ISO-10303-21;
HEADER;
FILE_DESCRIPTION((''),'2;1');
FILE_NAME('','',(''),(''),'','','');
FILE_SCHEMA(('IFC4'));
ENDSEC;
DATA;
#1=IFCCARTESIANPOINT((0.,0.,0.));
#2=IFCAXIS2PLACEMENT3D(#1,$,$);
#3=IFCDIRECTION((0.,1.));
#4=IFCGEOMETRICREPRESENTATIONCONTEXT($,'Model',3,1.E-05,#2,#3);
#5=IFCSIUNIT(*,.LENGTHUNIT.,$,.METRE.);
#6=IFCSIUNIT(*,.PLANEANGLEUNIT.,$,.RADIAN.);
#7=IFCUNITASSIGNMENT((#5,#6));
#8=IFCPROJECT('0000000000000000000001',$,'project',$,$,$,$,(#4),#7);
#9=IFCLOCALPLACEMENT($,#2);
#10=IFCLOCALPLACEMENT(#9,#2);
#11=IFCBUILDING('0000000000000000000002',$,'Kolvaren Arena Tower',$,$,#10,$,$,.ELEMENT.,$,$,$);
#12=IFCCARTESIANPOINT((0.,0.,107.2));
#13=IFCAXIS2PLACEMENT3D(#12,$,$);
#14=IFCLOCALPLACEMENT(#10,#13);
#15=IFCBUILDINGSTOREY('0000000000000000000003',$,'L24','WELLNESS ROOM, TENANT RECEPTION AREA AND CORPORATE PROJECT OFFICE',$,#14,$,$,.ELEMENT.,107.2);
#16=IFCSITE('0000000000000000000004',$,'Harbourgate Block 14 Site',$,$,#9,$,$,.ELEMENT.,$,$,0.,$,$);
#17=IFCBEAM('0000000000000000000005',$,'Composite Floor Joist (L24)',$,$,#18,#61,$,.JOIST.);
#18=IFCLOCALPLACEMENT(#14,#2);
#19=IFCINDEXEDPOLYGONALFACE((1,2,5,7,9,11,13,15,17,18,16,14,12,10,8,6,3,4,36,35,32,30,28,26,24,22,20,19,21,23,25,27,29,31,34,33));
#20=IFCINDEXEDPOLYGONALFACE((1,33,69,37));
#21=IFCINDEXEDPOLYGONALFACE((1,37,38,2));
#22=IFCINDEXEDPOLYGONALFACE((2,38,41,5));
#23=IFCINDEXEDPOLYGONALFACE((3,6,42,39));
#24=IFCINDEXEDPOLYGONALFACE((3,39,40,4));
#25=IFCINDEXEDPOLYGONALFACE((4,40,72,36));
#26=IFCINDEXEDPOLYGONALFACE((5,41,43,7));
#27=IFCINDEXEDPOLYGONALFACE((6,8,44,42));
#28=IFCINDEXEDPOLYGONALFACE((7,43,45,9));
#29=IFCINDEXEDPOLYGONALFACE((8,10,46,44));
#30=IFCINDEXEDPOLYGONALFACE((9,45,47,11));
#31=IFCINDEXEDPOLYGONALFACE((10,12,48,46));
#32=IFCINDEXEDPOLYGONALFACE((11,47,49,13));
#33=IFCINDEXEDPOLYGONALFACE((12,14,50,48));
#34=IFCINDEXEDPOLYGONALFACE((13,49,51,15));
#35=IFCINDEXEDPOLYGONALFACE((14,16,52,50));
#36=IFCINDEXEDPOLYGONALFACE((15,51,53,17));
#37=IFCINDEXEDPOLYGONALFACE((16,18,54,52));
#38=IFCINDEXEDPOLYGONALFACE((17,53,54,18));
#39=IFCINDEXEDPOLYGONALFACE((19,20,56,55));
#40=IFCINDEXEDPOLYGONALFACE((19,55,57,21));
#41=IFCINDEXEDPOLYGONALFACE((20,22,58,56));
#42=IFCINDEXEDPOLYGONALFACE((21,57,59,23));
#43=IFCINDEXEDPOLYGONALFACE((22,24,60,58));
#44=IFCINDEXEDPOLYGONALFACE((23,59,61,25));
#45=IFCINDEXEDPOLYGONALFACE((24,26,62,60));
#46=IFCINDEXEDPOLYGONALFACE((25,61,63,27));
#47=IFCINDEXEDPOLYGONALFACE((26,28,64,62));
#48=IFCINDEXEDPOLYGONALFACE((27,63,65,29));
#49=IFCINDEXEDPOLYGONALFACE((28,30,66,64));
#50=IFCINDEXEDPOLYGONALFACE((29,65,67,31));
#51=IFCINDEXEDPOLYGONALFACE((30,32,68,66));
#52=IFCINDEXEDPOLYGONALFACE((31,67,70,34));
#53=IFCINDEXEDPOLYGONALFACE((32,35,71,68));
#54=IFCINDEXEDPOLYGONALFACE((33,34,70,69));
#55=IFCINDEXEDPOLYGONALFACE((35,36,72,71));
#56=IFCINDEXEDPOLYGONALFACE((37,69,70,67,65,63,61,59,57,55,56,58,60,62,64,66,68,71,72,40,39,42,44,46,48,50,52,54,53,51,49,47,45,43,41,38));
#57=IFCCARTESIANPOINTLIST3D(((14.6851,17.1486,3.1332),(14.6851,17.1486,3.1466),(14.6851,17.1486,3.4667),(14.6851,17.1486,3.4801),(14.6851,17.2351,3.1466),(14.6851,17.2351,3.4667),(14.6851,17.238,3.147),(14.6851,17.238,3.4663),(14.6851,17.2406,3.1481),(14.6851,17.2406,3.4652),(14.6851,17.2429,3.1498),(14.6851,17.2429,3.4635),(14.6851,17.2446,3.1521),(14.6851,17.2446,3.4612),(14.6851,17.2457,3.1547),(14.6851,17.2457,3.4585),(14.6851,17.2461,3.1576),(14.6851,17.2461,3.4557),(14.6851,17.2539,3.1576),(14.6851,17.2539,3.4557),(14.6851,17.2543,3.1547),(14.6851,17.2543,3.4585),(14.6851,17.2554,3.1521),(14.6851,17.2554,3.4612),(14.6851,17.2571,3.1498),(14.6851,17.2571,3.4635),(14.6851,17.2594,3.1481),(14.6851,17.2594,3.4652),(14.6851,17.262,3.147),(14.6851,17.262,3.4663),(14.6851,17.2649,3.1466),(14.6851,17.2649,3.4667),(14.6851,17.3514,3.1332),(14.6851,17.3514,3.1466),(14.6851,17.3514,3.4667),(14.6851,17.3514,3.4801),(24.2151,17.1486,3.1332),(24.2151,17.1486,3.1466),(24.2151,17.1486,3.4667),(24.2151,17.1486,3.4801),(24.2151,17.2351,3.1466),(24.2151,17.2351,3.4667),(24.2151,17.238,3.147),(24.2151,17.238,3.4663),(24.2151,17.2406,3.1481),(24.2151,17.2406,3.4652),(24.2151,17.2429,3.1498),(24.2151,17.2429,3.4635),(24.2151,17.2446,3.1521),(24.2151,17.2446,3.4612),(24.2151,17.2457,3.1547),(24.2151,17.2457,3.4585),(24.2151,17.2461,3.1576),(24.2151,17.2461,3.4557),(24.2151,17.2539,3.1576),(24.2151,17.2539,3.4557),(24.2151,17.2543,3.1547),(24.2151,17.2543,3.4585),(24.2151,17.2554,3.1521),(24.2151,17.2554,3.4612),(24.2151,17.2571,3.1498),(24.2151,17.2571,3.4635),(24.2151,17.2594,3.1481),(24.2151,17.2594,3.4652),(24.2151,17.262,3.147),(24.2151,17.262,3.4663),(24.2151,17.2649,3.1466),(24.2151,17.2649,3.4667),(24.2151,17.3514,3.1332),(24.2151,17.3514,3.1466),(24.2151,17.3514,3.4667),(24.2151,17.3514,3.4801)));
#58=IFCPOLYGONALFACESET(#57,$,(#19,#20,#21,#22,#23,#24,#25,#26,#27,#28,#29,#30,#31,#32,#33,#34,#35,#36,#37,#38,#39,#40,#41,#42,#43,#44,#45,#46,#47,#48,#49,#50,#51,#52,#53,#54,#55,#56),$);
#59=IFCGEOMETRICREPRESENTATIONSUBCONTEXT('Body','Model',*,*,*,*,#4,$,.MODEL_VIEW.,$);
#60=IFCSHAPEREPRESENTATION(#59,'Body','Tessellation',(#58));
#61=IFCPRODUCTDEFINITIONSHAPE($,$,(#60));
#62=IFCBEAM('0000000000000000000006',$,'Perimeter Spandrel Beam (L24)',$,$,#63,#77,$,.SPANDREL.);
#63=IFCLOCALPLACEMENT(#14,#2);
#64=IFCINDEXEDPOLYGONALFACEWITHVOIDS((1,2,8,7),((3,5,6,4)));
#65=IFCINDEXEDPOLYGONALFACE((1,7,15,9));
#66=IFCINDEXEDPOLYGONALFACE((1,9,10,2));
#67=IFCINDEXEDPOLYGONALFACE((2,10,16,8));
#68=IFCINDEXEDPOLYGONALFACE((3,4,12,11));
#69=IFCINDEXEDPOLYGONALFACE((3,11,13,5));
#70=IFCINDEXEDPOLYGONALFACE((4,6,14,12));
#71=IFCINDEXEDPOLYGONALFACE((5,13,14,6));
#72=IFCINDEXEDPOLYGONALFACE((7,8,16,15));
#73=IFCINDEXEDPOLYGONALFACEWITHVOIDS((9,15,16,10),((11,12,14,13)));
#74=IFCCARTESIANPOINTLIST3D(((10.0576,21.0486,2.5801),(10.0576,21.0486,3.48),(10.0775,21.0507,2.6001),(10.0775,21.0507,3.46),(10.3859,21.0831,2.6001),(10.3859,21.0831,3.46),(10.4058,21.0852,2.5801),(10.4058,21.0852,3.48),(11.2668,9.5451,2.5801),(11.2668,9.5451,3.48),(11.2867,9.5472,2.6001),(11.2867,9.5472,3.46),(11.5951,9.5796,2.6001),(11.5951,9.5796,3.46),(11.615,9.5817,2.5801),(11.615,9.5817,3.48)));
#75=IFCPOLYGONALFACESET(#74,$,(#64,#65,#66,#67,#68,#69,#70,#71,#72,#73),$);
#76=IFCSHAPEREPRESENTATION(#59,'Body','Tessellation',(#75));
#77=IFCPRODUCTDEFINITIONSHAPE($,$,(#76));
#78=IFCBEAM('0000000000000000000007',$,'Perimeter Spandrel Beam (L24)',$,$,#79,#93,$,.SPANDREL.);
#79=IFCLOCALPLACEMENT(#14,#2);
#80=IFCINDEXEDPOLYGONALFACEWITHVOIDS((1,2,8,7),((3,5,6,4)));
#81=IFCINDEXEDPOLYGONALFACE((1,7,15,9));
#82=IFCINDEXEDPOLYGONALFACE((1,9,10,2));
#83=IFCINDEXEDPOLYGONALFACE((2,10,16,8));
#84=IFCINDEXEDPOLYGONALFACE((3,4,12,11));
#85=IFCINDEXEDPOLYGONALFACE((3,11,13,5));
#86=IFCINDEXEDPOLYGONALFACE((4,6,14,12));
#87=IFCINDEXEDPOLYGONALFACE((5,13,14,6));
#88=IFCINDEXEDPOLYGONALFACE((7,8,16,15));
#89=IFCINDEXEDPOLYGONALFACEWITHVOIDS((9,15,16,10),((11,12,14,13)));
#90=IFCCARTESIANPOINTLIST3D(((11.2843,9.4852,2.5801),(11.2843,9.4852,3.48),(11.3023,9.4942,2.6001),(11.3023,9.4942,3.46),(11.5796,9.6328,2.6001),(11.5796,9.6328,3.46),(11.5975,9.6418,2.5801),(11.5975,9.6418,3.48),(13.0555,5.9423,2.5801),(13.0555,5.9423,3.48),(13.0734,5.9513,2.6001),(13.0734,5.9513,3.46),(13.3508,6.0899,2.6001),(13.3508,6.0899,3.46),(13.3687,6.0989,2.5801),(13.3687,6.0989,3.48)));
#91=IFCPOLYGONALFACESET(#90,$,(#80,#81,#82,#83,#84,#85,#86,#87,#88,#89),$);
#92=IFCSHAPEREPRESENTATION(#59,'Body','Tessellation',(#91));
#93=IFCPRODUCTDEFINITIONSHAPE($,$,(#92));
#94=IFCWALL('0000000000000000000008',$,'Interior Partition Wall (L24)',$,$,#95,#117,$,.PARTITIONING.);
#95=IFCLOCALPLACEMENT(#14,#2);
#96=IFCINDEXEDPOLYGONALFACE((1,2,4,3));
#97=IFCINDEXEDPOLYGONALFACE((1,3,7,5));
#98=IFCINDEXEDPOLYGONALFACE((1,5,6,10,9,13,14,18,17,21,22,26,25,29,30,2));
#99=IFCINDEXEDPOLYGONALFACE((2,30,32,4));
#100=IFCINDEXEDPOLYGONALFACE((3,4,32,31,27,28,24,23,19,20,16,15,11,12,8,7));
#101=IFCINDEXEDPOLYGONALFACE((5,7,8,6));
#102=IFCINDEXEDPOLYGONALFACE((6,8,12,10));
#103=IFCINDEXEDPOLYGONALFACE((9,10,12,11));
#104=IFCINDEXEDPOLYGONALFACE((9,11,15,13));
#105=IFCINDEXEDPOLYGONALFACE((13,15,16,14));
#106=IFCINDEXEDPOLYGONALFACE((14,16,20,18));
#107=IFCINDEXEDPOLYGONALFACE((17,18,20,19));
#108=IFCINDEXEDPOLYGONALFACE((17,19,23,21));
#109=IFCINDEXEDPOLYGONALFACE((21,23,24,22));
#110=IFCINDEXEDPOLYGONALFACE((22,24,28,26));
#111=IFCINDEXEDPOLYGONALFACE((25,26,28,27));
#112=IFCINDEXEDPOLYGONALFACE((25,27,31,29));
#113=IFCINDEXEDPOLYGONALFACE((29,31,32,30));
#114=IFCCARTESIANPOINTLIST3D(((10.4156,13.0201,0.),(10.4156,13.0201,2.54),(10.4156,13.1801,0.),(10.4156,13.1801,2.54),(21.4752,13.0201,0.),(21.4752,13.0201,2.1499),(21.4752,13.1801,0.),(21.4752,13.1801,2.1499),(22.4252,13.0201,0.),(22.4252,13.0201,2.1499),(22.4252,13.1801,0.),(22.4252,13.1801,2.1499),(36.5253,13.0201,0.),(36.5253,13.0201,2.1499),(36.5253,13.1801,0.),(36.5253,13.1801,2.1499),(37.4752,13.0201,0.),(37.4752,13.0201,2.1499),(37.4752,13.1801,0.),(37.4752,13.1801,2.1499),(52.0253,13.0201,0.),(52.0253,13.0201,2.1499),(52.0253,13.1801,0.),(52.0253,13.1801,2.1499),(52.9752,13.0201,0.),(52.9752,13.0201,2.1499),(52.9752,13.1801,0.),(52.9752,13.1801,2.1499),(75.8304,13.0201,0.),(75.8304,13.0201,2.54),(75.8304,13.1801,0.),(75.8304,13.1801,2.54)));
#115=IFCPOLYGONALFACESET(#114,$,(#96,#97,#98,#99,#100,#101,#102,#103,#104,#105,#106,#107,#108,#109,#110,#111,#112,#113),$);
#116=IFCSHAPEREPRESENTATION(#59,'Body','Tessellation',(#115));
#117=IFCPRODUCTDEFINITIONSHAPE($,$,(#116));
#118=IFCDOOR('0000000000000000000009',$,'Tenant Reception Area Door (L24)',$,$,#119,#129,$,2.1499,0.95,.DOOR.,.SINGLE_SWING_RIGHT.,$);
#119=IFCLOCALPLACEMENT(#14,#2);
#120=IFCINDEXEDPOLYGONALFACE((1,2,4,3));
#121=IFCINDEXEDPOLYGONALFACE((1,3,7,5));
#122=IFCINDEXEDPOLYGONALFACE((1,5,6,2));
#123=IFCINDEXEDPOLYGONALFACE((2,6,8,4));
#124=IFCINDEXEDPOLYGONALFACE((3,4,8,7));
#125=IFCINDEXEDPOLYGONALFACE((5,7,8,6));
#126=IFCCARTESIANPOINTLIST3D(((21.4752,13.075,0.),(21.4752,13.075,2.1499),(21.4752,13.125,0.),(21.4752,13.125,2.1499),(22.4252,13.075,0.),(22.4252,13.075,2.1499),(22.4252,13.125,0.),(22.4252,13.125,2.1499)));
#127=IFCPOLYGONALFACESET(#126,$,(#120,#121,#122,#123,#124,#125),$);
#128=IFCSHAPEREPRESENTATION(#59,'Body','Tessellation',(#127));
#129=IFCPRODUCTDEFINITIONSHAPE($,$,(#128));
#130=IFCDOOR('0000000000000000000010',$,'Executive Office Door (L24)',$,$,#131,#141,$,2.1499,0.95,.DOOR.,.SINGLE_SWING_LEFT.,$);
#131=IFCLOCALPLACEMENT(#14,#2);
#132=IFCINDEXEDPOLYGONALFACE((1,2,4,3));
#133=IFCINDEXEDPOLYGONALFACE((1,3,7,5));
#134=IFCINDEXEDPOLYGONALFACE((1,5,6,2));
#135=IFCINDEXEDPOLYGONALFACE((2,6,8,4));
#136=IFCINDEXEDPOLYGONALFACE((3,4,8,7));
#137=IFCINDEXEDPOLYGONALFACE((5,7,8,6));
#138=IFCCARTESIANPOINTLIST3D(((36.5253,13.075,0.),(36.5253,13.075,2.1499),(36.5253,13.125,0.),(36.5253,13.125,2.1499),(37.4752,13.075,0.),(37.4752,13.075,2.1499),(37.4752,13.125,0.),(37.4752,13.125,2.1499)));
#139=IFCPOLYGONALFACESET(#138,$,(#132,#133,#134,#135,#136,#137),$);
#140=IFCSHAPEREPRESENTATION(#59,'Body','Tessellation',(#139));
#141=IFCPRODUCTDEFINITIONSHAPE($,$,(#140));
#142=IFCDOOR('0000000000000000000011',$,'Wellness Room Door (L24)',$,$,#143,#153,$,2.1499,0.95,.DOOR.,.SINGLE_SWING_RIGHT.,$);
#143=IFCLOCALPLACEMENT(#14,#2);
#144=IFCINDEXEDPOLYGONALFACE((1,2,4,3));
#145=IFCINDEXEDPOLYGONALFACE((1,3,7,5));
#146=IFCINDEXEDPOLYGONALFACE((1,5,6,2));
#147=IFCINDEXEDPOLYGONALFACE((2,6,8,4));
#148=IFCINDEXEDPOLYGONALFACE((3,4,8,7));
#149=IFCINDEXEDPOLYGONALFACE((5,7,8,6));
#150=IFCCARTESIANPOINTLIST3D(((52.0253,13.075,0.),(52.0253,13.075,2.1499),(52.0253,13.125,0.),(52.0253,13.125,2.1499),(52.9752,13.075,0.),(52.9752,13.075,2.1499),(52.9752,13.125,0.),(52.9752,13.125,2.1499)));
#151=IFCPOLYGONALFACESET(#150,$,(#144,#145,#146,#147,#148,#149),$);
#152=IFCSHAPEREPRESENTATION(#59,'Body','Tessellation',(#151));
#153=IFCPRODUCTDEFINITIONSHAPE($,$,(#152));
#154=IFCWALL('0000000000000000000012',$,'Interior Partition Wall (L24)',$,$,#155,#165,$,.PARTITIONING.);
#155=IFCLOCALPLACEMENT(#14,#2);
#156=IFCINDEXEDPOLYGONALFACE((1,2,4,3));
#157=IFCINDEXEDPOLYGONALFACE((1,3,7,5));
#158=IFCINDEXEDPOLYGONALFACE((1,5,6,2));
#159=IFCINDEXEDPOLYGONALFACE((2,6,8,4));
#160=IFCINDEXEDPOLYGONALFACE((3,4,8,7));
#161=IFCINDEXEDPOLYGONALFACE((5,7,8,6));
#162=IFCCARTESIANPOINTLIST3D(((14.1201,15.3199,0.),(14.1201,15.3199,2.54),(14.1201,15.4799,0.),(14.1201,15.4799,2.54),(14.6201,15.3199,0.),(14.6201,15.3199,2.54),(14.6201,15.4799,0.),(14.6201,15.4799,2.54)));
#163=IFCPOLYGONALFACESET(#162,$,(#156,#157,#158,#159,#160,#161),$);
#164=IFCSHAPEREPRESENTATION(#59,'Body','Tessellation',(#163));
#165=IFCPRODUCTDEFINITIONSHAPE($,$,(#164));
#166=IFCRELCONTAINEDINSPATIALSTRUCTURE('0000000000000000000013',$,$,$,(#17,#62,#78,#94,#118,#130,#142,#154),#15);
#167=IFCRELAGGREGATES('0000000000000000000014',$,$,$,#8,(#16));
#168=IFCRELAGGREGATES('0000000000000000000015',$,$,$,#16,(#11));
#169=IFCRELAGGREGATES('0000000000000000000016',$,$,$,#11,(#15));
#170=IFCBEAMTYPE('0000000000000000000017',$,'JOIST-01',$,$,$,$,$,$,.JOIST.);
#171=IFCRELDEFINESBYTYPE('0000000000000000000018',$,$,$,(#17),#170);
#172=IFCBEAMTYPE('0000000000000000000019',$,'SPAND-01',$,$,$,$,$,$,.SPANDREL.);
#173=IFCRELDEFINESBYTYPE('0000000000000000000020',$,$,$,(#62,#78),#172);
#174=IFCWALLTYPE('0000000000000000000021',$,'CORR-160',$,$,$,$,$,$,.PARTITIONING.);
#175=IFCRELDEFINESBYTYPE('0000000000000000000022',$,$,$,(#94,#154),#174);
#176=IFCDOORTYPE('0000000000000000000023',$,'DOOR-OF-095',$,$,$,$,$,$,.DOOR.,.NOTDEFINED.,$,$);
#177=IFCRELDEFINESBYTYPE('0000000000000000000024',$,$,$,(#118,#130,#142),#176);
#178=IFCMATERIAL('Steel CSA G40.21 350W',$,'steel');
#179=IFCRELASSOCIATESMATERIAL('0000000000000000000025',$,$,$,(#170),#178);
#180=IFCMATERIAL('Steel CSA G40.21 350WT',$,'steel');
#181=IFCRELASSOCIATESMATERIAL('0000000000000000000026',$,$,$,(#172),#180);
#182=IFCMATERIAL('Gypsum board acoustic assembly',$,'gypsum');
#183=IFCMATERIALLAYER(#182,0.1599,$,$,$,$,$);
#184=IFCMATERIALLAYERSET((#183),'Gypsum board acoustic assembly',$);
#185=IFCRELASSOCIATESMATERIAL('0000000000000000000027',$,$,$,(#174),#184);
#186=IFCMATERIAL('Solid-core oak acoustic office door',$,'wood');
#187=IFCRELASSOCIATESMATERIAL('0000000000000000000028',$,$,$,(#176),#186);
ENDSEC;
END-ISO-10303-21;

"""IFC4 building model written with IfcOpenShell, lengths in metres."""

from ifc_helpers import new_model, si_unit, direction, frame, frame_2d, origin, origin_2d, place, context, subcontext, project, spatial, rectangle, hollow_rectangle, i_section, extrude, material, layer, layer_set, material_profile, profile_set, type_object, element, fill, save


model = new_model("IFC4")

# Units and contexts
model_context = context("Model", 3, precision=1e-05, world=origin(), true_north=direction((0.0, 1.0)))
body_context = subcontext(model_context, "Body", "Model", "MODEL_VIEW")
ifc_project = project(units=[si_unit("LENGTHUNIT", "METRE"), si_unit("PLANEANGLEUNIT", "RADIAN")], contexts=[model_context])

# Site, building, storey
site_placement = place(None, origin())
site = spatial("IfcSite", under=ifc_project, at=site_placement, Name="Harbourgate Block 14 Site", CompositionType="ELEMENT", RefElevation=0.0)
building_placement = place(site_placement, origin())
building = spatial("IfcBuilding", under=site, at=building_placement, Name="Kolvaren Arena Tower", CompositionType="ELEMENT")
storey_placement = place(building_placement, frame((0.0, 0.0, 107.2)))
storey = spatial("IfcBuildingStorey", under=building, at=storey_placement, Name="L24", Description="WELLNESS ROOM, TENANT RECEPTION AREA AND CORPORATE PROJECT OFFICE", CompositionType="ELEMENT", Elevation=107.2)

# Beams
ifc_material_1 = material(Name="Steel CSA G40.21 350W", Category="steel")
ifc_material_profile_1 = material_profile(ifc_material_1, i_section(OverallWidth=0.2029, OverallDepth=0.3469, WebThickness=0.0078, FlangeThickness=0.0134, FilletRadius=0.011, at=origin_2d()), Name="W360x64")
ifc_profile_set_1 = profile_set([ifc_material_profile_1], Name="Steel CSA G40.21 350W")
beam_type_1 = type_object("IfcBeamType", Name="JOIST-01", PredefinedType="JOIST", material=ifc_profile_set_1)
beam_1_placement = place(storey_placement, frame((14.6851, 17.25, 3.3066), z_axis=(1.0, 0.0, 0.0), x_axis=(0.0, 1.0, 0.0)))
element("IfcBeam", 1, at=beam_1_placement, inside=storey, type_object=beam_type_1, Name="Composite Floor Joist (L24)", PredefinedType="JOIST", context=body_context, shape_type="SweptSolid", body=[
    extrude(i_section(OverallWidth=0.2029, OverallDepth=0.3469, WebThickness=0.0078, FlangeThickness=0.0134, FilletRadius=0.011, at=origin_2d()), origin(), (0.0, 0.0, 1.0), 9.53),
])
ifc_material_2 = material(Name="Steel CSA G40.21 350WT", Category="steel")
ifc_material_profile_2 = material_profile(ifc_material_2, hollow_rectangle(XDim=0.3501, YDim=0.8999, WallThickness=0.02, at=origin_2d()), Name="HSS 900x350x20")
ifc_profile_set_2 = profile_set([ifc_material_profile_2], Name="Steel CSA G40.21 350WT")
beam_type_2 = type_object("IfcBeamType", Name="SPAND-01", PredefinedType="SPANDREL", material=ifc_profile_set_2)
beam_2_placement = place(storey_placement, frame((10.2317, 21.0669, 3.03), z_axis=(0.104543, -0.99452, 0.0), x_axis=(0.99452, 0.104543, 0.0)))
element("IfcBeam", 2, at=beam_2_placement, inside=storey, type_object=beam_type_2, Name="Perimeter Spandrel Beam (L24)", PredefinedType="SPANDREL", context=body_context, shape_type="SweptSolid", body=[
    extrude(hollow_rectangle(XDim=0.3501, YDim=0.8999, WallThickness=0.02, at=origin_2d()), origin(), (0.0, 0.0, 1.0), 11.5669),
])
beam_3_placement = place(storey_placement, frame((11.4409, 9.5635, 3.03), z_axis=(0.447164, -0.894452, 0.0), x_axis=(0.894452, 0.447164, 0.0)))
element("IfcBeam", 3, at=beam_3_placement, inside=storey, type_object=beam_type_2, Name="Perimeter Spandrel Beam (L24)", PredefinedType="SPANDREL", context=body_context, shape_type="SweptSolid", body=[
    extrude(hollow_rectangle(XDim=0.3501, YDim=0.8999, WallThickness=0.02, at=origin_2d()), origin(), (0.0, 0.0, 1.0), 3.9609),
])

# Wall, openings, doors
ifc_material_3 = material(Name="Gypsum board acoustic assembly", Category="gypsum")
ifc_layer_1 = layer(ifc_material_3, 0.1599)
ifc_layer_set_1 = layer_set([ifc_layer_1], Name="Gypsum board acoustic assembly")
wall_type_1 = type_object("IfcWallType", Name="CORR-160", PredefinedType="PARTITIONING", material=ifc_layer_set_1)
wall_1_placement = place(storey_placement, frame((10.4155, 13.1001, 0.0), z_axis=(0.0, 0.0, 1.0), x_axis=(1.0, 0.0, 0.0)))
wall_1 = element("IfcWall", 4, at=wall_1_placement, inside=storey, type_object=wall_type_1, Name="Interior Partition Wall (L24)", PredefinedType="PARTITIONING", context=body_context, shape_type="SweptSolid", body=[
    extrude(rectangle(XDim=65.4148, YDim=0.1599, at=frame_2d((32.7075, 0.0))), origin(), (0.0, 0.0, 1.0), 2.54),
])
opening_1_placement = place(wall_1_placement, frame((11.0596, 0.0, 0.0)))
opening_1 = element("IfcOpeningElement", 5, at=opening_1_placement, cuts=wall_1, PredefinedType="OPENING", context=body_context, shape_type="SweptSolid", body=[
    extrude(rectangle(XDim=0.95, YDim=2.1499, at=frame_2d((0.4751, 1.075))), frame((0.0, 0.0898, 0.0), z_axis=(0.0, -1.0, 0.0), x_axis=(1.0, 0.0, 0.0)), (0.0, 0.0, 1.0), 0.1799),
])
opening_2_placement = place(wall_1_placement, frame((26.1096, 0.0, 0.0)))
opening_2 = element("IfcOpeningElement", 6, at=opening_2_placement, cuts=wall_1, PredefinedType="OPENING", context=body_context, shape_type="SweptSolid", body=[
    extrude(rectangle(XDim=0.95, YDim=2.1499, at=frame_2d((0.4751, 1.075))), frame((0.0, 0.0898, 0.0), z_axis=(0.0, -1.0, 0.0), x_axis=(1.0, 0.0, 0.0)), (0.0, 0.0, 1.0), 0.1799),
])
opening_3_placement = place(wall_1_placement, frame((41.6096, 0.0, 0.0)))
opening_3 = element("IfcOpeningElement", 7, at=opening_3_placement, cuts=wall_1, PredefinedType="OPENING", context=body_context, shape_type="SweptSolid", body=[
    extrude(rectangle(XDim=0.95, YDim=2.1499, at=frame_2d((0.4751, 1.075))), frame((0.0, 0.0898, 0.0), z_axis=(0.0, -1.0, 0.0), x_axis=(1.0, 0.0, 0.0)), (0.0, 0.0, 1.0), 0.1799),
])
ifc_material_4 = material(Name="Solid-core oak acoustic office door", Category="wood")
door_type_1 = type_object("IfcDoorType", Name="DOOR-OF-095", OperationType="NOTDEFINED", PredefinedType="DOOR", material=ifc_material_4)
door_1_placement = place(opening_1_placement, origin())
door_1 = element("IfcDoor", 8, at=door_1_placement, inside=storey, type_object=door_type_1, Name="Tenant Reception Area Door (L24)", OperationType="SINGLE_SWING_RIGHT", OverallHeight=2.1499, OverallWidth=0.95, PredefinedType="DOOR", context=body_context, shape_type="SweptSolid", body=[
    extrude(rectangle(XDim=0.95, YDim=2.1499, at=frame_2d((0.4751, 1.075))), frame((0.0, 0.0249, 0.0), z_axis=(0.0, -1.0, 0.0), x_axis=(1.0, 0.0, 0.0)), (0.0, 0.0, 1.0), 0.05),
])
fill(opening_1, door_1)
door_2_placement = place(opening_2_placement, origin())
door_2 = element("IfcDoor", 9, at=door_2_placement, inside=storey, type_object=door_type_1, Name="Executive Office Door (L24)", OperationType="SINGLE_SWING_LEFT", OverallHeight=2.1499, OverallWidth=0.95, PredefinedType="DOOR", context=body_context, shape_type="SweptSolid", body=[
    extrude(rectangle(XDim=0.95, YDim=2.1499, at=frame_2d((0.4751, 1.075))), frame((0.0, 0.0249, 0.0), z_axis=(0.0, -1.0, 0.0), x_axis=(1.0, 0.0, 0.0)), (0.0, 0.0, 1.0), 0.05),
])
fill(opening_2, door_2)
door_3_placement = place(opening_3_placement, origin())
door_3 = element("IfcDoor", 10, at=door_3_placement, inside=storey, type_object=door_type_1, Name="Wellness Room Door (L24)", OperationType="SINGLE_SWING_RIGHT", OverallHeight=2.1499, OverallWidth=0.95, PredefinedType="DOOR", context=body_context, shape_type="SweptSolid", body=[
    extrude(rectangle(XDim=0.95, YDim=2.1499, at=frame_2d((0.4751, 1.075))), frame((0.0, 0.0249, 0.0), z_axis=(0.0, -1.0, 0.0), x_axis=(1.0, 0.0, 0.0)), (0.0, 0.0, 1.0), 0.05),
])
fill(opening_3, door_3)

# Wall
wall_2_placement = place(storey_placement, frame((14.1201, 15.3999, 0.0), z_axis=(0.0, 0.0, 1.0), x_axis=(1.0, 0.0, 0.0)))
element("IfcWall", 11, at=wall_2_placement, inside=storey, type_object=wall_type_1, Name="Interior Partition Wall (L24)", PredefinedType="PARTITIONING", context=body_context, shape_type="SweptSolid", body=[
    extrude(rectangle(XDim=0.5, YDim=0.1599, at=frame_2d((0.25, 0.0))), origin(), (0.0, 0.0, 1.0), 2.54),
])

save(model, "model.ifc")
